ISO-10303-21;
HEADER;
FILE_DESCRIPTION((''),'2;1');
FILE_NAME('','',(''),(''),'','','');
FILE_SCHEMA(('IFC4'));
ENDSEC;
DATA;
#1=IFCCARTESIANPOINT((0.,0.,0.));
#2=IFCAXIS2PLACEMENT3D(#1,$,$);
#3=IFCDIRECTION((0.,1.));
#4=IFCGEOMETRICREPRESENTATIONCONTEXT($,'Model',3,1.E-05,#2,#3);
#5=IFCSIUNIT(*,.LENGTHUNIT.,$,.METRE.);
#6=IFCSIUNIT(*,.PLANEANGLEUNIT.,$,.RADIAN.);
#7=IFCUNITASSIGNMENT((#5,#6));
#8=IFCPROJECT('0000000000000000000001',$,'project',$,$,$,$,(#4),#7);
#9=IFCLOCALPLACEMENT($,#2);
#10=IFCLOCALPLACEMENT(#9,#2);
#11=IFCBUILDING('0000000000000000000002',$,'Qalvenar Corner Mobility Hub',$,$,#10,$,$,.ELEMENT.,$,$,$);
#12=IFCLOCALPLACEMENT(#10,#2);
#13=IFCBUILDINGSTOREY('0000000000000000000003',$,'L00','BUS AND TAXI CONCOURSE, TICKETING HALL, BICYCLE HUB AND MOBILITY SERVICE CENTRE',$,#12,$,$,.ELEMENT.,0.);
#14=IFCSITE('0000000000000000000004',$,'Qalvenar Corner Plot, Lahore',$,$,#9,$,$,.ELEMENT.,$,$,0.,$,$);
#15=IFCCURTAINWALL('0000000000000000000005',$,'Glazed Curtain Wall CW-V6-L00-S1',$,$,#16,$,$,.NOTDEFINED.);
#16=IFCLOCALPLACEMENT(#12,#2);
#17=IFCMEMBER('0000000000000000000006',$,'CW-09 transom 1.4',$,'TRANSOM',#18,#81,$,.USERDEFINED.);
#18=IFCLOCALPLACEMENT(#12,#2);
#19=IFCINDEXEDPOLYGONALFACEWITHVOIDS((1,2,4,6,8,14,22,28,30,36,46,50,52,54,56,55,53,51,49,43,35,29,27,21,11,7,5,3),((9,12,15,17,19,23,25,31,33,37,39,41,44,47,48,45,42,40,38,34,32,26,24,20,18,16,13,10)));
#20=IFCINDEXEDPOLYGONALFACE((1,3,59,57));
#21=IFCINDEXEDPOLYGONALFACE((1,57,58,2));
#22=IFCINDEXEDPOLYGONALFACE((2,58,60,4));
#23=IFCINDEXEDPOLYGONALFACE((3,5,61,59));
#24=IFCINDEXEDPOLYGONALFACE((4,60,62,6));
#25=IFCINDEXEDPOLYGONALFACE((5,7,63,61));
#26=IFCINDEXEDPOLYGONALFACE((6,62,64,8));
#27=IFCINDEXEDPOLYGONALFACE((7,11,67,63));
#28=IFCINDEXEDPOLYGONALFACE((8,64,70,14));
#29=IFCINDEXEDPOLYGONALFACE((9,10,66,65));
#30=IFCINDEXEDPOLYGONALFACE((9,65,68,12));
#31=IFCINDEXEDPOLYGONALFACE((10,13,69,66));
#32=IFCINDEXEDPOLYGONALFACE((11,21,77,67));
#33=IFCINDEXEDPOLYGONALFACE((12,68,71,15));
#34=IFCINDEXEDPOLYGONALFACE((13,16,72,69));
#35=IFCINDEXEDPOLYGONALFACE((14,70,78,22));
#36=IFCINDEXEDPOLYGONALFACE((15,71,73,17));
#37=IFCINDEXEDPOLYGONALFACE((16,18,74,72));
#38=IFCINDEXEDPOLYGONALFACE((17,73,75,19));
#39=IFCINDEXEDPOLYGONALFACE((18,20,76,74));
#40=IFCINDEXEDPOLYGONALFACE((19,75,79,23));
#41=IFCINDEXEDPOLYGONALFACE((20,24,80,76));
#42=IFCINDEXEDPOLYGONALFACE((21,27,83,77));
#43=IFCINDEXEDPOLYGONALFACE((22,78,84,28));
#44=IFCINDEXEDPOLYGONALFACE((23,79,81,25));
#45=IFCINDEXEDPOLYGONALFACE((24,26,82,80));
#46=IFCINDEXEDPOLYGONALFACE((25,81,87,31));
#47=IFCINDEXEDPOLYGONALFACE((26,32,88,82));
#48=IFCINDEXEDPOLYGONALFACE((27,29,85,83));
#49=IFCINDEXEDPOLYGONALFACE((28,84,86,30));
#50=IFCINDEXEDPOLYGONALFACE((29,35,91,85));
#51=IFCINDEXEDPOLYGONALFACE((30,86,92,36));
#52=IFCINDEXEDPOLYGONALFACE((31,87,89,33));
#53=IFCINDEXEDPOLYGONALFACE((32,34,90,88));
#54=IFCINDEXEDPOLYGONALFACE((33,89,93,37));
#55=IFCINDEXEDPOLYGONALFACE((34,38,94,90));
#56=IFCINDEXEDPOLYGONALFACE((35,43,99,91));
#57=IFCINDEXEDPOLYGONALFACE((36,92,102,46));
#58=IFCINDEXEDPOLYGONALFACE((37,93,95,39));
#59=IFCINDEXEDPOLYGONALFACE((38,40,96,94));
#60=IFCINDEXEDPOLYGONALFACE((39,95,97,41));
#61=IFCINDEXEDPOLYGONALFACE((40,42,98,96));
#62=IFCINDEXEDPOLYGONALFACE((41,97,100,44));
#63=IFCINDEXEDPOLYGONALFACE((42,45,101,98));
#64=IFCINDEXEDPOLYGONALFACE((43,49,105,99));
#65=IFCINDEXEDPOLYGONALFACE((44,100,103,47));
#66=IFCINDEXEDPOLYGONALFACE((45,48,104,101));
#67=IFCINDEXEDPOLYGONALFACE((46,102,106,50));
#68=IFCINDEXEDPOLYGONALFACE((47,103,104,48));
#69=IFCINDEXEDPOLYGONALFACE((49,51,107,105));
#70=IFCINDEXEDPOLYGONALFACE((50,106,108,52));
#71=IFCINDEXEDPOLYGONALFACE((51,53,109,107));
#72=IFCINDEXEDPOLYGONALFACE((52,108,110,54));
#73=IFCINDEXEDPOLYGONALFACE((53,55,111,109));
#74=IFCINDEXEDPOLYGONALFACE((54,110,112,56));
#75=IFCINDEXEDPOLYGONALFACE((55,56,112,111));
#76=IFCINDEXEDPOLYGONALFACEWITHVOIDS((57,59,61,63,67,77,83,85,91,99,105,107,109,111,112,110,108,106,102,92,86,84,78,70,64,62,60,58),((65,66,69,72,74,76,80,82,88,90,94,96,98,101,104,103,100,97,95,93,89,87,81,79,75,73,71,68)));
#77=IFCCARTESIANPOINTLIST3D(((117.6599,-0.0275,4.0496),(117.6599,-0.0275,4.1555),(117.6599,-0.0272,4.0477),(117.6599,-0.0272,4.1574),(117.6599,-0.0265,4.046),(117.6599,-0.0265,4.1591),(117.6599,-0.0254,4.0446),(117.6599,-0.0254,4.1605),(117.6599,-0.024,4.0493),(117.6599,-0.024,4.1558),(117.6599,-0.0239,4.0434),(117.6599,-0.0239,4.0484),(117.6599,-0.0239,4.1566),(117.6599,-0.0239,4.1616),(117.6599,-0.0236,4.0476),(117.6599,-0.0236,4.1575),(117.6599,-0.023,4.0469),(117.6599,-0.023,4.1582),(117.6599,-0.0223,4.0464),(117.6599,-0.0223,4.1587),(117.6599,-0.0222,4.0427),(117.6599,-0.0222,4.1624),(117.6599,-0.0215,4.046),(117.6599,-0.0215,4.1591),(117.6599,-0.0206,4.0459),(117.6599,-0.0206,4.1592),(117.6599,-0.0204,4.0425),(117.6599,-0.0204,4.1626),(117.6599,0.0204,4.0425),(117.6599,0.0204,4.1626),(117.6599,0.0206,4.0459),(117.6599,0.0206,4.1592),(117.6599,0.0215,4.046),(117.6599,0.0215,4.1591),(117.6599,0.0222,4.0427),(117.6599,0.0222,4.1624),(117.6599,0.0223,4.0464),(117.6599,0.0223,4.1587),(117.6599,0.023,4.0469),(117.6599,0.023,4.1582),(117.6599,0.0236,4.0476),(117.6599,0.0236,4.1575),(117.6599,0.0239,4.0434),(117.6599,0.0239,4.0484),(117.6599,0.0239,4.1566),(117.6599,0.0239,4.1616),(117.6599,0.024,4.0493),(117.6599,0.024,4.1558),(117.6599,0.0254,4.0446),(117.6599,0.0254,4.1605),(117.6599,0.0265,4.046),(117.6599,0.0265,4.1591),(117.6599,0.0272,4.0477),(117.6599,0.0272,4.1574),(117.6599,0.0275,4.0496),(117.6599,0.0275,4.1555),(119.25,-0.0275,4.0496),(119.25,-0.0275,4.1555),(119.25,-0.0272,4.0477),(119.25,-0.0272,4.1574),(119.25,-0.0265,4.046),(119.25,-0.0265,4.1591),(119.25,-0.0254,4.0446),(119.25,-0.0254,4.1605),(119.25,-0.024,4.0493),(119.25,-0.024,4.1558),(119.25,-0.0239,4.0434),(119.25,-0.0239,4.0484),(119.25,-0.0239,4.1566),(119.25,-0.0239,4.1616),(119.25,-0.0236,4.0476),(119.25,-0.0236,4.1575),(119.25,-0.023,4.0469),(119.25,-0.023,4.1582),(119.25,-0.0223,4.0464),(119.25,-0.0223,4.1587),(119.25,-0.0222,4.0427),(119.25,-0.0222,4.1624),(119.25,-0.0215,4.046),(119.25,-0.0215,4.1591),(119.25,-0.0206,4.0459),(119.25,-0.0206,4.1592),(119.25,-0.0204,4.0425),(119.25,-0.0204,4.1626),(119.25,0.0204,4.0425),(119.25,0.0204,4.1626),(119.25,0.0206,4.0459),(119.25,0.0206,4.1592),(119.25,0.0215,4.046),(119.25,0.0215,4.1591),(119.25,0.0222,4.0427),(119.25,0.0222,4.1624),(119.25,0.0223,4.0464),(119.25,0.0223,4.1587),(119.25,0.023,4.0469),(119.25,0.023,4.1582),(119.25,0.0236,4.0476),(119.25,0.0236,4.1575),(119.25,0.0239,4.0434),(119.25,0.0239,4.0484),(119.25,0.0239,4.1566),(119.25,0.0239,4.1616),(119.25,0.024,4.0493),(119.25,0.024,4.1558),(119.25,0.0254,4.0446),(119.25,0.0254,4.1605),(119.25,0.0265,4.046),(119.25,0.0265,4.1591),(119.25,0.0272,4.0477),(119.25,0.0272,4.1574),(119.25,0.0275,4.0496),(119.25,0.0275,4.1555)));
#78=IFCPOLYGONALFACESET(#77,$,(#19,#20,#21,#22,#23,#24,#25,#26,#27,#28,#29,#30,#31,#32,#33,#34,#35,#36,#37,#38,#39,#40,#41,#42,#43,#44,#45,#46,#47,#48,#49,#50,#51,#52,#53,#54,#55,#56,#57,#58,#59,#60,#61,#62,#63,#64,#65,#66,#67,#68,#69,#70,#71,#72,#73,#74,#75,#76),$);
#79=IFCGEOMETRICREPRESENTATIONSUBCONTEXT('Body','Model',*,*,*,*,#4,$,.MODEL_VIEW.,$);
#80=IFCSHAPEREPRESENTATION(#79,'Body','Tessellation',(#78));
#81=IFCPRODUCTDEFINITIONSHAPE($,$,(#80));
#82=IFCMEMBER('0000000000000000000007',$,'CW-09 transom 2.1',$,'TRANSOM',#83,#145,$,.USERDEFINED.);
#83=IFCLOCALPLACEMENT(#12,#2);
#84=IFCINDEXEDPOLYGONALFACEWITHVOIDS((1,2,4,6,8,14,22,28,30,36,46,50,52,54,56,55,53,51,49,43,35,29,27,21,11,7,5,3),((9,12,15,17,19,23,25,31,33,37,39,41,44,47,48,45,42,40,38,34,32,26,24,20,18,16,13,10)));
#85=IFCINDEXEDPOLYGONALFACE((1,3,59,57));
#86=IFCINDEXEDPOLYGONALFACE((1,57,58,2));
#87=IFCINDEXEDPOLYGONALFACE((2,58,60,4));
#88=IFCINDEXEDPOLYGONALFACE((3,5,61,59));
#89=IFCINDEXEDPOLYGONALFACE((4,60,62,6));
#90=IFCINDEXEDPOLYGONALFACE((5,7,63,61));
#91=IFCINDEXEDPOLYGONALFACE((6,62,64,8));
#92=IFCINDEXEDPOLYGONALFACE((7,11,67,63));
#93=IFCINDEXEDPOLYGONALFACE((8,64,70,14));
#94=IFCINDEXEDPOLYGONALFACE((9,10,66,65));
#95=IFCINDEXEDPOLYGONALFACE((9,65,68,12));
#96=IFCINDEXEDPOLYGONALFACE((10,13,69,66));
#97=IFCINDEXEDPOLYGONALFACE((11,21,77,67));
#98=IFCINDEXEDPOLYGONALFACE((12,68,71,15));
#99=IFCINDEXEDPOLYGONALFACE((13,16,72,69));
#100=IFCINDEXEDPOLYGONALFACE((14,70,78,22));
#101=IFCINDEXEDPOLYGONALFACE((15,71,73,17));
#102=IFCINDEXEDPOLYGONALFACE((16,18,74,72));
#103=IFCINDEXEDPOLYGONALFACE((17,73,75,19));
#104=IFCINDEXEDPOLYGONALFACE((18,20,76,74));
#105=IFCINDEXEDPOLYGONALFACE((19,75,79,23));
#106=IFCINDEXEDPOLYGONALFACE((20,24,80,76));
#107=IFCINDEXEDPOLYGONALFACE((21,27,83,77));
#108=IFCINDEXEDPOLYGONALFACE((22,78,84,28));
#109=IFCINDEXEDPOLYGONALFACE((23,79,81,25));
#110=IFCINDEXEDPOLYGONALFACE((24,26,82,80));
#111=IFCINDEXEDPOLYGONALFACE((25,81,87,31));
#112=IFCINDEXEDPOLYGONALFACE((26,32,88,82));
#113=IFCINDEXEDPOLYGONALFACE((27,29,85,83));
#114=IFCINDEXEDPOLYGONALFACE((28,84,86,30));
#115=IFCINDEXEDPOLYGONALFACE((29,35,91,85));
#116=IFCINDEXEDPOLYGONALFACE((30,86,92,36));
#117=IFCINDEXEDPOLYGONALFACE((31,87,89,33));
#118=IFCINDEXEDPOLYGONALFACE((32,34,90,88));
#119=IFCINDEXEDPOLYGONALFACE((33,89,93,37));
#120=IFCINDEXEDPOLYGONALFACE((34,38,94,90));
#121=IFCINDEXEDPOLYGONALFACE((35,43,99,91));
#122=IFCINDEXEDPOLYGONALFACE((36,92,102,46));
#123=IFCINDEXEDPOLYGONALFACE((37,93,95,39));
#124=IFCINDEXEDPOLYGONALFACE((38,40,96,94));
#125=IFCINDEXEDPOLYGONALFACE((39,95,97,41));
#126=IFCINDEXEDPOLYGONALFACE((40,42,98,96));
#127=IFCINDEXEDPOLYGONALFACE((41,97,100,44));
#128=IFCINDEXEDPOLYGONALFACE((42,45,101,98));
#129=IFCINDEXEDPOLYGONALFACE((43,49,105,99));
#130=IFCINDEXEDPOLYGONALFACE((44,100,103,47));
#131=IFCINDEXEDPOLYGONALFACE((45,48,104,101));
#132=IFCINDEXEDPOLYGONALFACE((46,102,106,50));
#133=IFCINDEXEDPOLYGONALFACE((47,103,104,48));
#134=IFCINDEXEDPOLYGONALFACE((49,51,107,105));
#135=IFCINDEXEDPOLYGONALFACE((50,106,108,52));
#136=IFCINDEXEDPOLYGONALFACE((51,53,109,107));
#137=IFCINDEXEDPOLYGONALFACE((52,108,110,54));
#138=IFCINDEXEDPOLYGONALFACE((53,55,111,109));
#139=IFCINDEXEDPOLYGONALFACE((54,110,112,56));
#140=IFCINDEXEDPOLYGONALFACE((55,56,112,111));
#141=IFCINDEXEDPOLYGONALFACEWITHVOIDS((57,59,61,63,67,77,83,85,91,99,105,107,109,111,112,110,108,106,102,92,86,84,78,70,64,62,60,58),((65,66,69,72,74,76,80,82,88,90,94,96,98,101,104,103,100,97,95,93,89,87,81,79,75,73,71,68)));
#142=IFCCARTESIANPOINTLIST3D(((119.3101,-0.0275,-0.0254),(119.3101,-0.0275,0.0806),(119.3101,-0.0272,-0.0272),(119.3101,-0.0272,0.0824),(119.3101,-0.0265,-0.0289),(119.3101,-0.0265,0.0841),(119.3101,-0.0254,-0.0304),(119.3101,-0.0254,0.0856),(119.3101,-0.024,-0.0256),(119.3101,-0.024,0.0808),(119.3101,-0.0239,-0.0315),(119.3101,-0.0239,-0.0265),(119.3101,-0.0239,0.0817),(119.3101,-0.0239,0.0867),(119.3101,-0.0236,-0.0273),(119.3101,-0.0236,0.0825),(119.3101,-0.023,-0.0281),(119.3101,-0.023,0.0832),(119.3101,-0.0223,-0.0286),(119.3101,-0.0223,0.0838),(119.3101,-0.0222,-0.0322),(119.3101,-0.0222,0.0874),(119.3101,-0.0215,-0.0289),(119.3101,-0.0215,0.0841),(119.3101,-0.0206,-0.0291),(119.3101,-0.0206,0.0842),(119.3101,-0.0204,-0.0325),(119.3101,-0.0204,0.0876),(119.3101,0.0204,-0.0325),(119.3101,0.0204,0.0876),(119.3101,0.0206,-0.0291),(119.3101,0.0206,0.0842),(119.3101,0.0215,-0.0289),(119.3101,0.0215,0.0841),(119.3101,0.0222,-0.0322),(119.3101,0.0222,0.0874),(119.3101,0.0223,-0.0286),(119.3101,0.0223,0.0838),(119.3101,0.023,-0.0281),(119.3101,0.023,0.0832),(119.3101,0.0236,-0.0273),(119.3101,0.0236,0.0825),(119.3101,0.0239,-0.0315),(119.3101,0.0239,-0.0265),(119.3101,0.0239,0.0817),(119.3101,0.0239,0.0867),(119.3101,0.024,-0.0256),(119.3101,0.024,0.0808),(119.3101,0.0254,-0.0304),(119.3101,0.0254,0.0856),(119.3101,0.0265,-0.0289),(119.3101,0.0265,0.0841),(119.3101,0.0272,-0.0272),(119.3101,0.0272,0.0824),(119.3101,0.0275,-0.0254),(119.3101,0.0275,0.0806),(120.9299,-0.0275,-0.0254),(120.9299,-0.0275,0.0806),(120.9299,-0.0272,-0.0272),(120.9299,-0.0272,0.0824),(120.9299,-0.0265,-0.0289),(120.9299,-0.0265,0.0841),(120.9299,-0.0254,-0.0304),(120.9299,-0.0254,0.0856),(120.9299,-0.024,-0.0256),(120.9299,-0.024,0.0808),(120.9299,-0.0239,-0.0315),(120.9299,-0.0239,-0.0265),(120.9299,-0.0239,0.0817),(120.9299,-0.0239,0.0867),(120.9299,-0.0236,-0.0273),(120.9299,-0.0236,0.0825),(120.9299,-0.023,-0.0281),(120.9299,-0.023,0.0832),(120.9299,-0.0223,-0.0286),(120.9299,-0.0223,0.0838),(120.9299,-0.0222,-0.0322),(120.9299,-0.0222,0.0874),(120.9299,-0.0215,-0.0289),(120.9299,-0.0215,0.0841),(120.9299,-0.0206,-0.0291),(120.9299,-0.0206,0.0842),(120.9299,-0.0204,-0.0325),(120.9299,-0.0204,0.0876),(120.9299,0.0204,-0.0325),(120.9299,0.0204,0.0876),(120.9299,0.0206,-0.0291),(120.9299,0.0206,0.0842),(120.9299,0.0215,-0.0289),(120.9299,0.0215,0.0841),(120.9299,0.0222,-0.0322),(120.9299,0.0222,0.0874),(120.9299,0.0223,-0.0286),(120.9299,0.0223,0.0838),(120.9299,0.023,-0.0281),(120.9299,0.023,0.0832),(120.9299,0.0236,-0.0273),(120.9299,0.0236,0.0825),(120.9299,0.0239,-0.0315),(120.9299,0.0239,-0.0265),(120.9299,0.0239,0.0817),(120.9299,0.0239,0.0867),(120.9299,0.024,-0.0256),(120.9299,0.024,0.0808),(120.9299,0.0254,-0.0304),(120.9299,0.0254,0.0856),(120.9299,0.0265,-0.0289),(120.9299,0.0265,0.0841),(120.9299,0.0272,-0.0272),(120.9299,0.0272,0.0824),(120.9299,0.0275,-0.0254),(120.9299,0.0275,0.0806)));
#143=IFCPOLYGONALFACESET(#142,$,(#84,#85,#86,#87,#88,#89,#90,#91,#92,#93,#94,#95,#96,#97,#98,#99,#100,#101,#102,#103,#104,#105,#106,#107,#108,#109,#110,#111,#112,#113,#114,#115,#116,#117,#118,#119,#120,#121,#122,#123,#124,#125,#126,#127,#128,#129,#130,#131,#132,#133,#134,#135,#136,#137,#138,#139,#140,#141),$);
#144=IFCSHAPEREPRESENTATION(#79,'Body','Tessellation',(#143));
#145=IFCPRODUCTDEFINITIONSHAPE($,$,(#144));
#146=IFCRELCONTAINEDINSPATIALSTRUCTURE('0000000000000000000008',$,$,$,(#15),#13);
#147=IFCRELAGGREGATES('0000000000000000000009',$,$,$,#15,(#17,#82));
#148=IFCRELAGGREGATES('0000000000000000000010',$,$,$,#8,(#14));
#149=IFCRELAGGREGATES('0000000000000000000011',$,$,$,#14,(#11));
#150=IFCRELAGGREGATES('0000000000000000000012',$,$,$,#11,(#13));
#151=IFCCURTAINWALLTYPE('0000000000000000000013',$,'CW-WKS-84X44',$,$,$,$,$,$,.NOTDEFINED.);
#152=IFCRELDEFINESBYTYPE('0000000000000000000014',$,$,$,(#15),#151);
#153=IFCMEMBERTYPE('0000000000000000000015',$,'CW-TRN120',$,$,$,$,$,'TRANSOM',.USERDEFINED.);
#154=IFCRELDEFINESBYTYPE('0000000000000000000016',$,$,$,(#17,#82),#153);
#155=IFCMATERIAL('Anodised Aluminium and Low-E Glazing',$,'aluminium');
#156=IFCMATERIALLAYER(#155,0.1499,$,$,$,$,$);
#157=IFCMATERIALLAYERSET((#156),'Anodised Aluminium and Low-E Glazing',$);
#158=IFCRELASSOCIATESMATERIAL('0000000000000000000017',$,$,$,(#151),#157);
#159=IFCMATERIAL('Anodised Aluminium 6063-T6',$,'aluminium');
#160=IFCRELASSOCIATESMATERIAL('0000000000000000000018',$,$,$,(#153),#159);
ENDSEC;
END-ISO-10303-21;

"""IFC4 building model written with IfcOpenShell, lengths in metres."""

from ifc_helpers import new_model, si_unit, direction, frame, origin, origin_2d, place, context, subcontext, project, spatial, hollow_rectangle, extrude, material, layer, layer_set, material_profile, profile_set, type_object, element, aggregate, save


model = new_model("IFC4")

# Units and contexts
model_context = context("Model", 3, precision=1e-05, world=origin(), true_north=direction((0.0, 1.0)))
body_context = subcontext(model_context, "Body", "Model", "MODEL_VIEW")
ifc_project = project(units=[si_unit("LENGTHUNIT", "METRE"), si_unit("PLANEANGLEUNIT", "RADIAN")], contexts=[model_context])

# Site, building, storey
site_placement = place(None, origin())
site = spatial("IfcSite", under=ifc_project, at=site_placement, Name="Qalvenar Corner Plot, Lahore", CompositionType="ELEMENT", RefElevation=0.0)
building_placement = place(site_placement, origin())
building = spatial("IfcBuilding", under=site, at=building_placement, Name="Qalvenar Corner Mobility Hub", CompositionType="ELEMENT")
storey_placement = place(building_placement, origin())
storey = spatial("IfcBuildingStorey", under=building, at=storey_placement, Name="L00", Description="BUS AND TAXI CONCOURSE, TICKETING HALL, BICYCLE HUB AND MOBILITY SERVICE CENTRE", CompositionType="ELEMENT", Elevation=0.0)

# Curtain wall, members
ifc_material_1 = material(Name="Anodised Aluminium and Low-E Glazing", Category="aluminium")
ifc_layer_1 = layer(ifc_material_1, 0.1499)
ifc_layer_set_1 = layer_set([ifc_layer_1], Name="Anodised Aluminium and Low-E Glazing")
curtain_wall_type = type_object("IfcCurtainWallType", Name="CW-WKS-84X44", PredefinedType="NOTDEFINED", material=ifc_layer_set_1)
curtain_wall_placement = place(storey_placement, origin())
curtain_wall = element("IfcCurtainWall", 1, at=curtain_wall_placement, inside=storey, type_object=curtain_wall_type, Name="Glazed Curtain Wall CW-V6-L00-S1", PredefinedType="NOTDEFINED")
ifc_material_2 = material(Name="Anodised Aluminium 6063-T6", Category="aluminium")
ifc_material_profile_1 = material_profile(ifc_material_2, hollow_rectangle(XDim=0.0549, YDim=0.1201, WallThickness=0.0034, InnerFilletRadius=0.0034, OuterFilletRadius=0.0071, at=origin_2d()), Name="RHS120x55x3.5")
ifc_profile_set_1 = profile_set([ifc_material_profile_1], Name="Anodised Aluminium 6063-T6")
member_type_1 = type_object("IfcMemberType", Name="CW-TRN120", ElementType="TRANSOM", PredefinedType="USERDEFINED", material=ifc_profile_set_1)
member_1_placement = place(storey_placement, frame((117.6599, 0.0, 4.1025), z_axis=(1.0, 0.0, 0.0), x_axis=(0.0, 1.0, 0.0)))
member_1 = element("IfcMember", 2, at=member_1_placement, type_object=member_type_1, Name="CW-09 transom 1.4", ObjectType="TRANSOM", PredefinedType="USERDEFINED", context=body_context, shape_type="SweptSolid", body=[
    extrude(hollow_rectangle(XDim=0.0549, YDim=0.1201, WallThickness=0.0034, InnerFilletRadius=0.0034, OuterFilletRadius=0.0071, at=origin_2d()), origin(), (0.0, 0.0, 1.0), 1.5901),
])
member_2_placement = place(storey_placement, frame((119.3101, 0.0, 0.0276), z_axis=(1.0, 0.0, 0.0), x_axis=(0.0, 1.0, 0.0)))
member_2 = element("IfcMember", 3, at=member_2_placement, type_object=member_type_1, Name="CW-09 transom 2.1", ObjectType="TRANSOM", PredefinedType="USERDEFINED", context=body_context, shape_type="SweptSolid", body=[
    extrude(hollow_rectangle(XDim=0.0549, YDim=0.1201, WallThickness=0.0034, InnerFilletRadius=0.0034, OuterFilletRadius=0.0071, at=origin_2d()), origin(), (0.0, 0.0, 1.0), 1.6199),
])
aggregate(curtain_wall, [member_1, member_2])

save(model, "model.ifc")
